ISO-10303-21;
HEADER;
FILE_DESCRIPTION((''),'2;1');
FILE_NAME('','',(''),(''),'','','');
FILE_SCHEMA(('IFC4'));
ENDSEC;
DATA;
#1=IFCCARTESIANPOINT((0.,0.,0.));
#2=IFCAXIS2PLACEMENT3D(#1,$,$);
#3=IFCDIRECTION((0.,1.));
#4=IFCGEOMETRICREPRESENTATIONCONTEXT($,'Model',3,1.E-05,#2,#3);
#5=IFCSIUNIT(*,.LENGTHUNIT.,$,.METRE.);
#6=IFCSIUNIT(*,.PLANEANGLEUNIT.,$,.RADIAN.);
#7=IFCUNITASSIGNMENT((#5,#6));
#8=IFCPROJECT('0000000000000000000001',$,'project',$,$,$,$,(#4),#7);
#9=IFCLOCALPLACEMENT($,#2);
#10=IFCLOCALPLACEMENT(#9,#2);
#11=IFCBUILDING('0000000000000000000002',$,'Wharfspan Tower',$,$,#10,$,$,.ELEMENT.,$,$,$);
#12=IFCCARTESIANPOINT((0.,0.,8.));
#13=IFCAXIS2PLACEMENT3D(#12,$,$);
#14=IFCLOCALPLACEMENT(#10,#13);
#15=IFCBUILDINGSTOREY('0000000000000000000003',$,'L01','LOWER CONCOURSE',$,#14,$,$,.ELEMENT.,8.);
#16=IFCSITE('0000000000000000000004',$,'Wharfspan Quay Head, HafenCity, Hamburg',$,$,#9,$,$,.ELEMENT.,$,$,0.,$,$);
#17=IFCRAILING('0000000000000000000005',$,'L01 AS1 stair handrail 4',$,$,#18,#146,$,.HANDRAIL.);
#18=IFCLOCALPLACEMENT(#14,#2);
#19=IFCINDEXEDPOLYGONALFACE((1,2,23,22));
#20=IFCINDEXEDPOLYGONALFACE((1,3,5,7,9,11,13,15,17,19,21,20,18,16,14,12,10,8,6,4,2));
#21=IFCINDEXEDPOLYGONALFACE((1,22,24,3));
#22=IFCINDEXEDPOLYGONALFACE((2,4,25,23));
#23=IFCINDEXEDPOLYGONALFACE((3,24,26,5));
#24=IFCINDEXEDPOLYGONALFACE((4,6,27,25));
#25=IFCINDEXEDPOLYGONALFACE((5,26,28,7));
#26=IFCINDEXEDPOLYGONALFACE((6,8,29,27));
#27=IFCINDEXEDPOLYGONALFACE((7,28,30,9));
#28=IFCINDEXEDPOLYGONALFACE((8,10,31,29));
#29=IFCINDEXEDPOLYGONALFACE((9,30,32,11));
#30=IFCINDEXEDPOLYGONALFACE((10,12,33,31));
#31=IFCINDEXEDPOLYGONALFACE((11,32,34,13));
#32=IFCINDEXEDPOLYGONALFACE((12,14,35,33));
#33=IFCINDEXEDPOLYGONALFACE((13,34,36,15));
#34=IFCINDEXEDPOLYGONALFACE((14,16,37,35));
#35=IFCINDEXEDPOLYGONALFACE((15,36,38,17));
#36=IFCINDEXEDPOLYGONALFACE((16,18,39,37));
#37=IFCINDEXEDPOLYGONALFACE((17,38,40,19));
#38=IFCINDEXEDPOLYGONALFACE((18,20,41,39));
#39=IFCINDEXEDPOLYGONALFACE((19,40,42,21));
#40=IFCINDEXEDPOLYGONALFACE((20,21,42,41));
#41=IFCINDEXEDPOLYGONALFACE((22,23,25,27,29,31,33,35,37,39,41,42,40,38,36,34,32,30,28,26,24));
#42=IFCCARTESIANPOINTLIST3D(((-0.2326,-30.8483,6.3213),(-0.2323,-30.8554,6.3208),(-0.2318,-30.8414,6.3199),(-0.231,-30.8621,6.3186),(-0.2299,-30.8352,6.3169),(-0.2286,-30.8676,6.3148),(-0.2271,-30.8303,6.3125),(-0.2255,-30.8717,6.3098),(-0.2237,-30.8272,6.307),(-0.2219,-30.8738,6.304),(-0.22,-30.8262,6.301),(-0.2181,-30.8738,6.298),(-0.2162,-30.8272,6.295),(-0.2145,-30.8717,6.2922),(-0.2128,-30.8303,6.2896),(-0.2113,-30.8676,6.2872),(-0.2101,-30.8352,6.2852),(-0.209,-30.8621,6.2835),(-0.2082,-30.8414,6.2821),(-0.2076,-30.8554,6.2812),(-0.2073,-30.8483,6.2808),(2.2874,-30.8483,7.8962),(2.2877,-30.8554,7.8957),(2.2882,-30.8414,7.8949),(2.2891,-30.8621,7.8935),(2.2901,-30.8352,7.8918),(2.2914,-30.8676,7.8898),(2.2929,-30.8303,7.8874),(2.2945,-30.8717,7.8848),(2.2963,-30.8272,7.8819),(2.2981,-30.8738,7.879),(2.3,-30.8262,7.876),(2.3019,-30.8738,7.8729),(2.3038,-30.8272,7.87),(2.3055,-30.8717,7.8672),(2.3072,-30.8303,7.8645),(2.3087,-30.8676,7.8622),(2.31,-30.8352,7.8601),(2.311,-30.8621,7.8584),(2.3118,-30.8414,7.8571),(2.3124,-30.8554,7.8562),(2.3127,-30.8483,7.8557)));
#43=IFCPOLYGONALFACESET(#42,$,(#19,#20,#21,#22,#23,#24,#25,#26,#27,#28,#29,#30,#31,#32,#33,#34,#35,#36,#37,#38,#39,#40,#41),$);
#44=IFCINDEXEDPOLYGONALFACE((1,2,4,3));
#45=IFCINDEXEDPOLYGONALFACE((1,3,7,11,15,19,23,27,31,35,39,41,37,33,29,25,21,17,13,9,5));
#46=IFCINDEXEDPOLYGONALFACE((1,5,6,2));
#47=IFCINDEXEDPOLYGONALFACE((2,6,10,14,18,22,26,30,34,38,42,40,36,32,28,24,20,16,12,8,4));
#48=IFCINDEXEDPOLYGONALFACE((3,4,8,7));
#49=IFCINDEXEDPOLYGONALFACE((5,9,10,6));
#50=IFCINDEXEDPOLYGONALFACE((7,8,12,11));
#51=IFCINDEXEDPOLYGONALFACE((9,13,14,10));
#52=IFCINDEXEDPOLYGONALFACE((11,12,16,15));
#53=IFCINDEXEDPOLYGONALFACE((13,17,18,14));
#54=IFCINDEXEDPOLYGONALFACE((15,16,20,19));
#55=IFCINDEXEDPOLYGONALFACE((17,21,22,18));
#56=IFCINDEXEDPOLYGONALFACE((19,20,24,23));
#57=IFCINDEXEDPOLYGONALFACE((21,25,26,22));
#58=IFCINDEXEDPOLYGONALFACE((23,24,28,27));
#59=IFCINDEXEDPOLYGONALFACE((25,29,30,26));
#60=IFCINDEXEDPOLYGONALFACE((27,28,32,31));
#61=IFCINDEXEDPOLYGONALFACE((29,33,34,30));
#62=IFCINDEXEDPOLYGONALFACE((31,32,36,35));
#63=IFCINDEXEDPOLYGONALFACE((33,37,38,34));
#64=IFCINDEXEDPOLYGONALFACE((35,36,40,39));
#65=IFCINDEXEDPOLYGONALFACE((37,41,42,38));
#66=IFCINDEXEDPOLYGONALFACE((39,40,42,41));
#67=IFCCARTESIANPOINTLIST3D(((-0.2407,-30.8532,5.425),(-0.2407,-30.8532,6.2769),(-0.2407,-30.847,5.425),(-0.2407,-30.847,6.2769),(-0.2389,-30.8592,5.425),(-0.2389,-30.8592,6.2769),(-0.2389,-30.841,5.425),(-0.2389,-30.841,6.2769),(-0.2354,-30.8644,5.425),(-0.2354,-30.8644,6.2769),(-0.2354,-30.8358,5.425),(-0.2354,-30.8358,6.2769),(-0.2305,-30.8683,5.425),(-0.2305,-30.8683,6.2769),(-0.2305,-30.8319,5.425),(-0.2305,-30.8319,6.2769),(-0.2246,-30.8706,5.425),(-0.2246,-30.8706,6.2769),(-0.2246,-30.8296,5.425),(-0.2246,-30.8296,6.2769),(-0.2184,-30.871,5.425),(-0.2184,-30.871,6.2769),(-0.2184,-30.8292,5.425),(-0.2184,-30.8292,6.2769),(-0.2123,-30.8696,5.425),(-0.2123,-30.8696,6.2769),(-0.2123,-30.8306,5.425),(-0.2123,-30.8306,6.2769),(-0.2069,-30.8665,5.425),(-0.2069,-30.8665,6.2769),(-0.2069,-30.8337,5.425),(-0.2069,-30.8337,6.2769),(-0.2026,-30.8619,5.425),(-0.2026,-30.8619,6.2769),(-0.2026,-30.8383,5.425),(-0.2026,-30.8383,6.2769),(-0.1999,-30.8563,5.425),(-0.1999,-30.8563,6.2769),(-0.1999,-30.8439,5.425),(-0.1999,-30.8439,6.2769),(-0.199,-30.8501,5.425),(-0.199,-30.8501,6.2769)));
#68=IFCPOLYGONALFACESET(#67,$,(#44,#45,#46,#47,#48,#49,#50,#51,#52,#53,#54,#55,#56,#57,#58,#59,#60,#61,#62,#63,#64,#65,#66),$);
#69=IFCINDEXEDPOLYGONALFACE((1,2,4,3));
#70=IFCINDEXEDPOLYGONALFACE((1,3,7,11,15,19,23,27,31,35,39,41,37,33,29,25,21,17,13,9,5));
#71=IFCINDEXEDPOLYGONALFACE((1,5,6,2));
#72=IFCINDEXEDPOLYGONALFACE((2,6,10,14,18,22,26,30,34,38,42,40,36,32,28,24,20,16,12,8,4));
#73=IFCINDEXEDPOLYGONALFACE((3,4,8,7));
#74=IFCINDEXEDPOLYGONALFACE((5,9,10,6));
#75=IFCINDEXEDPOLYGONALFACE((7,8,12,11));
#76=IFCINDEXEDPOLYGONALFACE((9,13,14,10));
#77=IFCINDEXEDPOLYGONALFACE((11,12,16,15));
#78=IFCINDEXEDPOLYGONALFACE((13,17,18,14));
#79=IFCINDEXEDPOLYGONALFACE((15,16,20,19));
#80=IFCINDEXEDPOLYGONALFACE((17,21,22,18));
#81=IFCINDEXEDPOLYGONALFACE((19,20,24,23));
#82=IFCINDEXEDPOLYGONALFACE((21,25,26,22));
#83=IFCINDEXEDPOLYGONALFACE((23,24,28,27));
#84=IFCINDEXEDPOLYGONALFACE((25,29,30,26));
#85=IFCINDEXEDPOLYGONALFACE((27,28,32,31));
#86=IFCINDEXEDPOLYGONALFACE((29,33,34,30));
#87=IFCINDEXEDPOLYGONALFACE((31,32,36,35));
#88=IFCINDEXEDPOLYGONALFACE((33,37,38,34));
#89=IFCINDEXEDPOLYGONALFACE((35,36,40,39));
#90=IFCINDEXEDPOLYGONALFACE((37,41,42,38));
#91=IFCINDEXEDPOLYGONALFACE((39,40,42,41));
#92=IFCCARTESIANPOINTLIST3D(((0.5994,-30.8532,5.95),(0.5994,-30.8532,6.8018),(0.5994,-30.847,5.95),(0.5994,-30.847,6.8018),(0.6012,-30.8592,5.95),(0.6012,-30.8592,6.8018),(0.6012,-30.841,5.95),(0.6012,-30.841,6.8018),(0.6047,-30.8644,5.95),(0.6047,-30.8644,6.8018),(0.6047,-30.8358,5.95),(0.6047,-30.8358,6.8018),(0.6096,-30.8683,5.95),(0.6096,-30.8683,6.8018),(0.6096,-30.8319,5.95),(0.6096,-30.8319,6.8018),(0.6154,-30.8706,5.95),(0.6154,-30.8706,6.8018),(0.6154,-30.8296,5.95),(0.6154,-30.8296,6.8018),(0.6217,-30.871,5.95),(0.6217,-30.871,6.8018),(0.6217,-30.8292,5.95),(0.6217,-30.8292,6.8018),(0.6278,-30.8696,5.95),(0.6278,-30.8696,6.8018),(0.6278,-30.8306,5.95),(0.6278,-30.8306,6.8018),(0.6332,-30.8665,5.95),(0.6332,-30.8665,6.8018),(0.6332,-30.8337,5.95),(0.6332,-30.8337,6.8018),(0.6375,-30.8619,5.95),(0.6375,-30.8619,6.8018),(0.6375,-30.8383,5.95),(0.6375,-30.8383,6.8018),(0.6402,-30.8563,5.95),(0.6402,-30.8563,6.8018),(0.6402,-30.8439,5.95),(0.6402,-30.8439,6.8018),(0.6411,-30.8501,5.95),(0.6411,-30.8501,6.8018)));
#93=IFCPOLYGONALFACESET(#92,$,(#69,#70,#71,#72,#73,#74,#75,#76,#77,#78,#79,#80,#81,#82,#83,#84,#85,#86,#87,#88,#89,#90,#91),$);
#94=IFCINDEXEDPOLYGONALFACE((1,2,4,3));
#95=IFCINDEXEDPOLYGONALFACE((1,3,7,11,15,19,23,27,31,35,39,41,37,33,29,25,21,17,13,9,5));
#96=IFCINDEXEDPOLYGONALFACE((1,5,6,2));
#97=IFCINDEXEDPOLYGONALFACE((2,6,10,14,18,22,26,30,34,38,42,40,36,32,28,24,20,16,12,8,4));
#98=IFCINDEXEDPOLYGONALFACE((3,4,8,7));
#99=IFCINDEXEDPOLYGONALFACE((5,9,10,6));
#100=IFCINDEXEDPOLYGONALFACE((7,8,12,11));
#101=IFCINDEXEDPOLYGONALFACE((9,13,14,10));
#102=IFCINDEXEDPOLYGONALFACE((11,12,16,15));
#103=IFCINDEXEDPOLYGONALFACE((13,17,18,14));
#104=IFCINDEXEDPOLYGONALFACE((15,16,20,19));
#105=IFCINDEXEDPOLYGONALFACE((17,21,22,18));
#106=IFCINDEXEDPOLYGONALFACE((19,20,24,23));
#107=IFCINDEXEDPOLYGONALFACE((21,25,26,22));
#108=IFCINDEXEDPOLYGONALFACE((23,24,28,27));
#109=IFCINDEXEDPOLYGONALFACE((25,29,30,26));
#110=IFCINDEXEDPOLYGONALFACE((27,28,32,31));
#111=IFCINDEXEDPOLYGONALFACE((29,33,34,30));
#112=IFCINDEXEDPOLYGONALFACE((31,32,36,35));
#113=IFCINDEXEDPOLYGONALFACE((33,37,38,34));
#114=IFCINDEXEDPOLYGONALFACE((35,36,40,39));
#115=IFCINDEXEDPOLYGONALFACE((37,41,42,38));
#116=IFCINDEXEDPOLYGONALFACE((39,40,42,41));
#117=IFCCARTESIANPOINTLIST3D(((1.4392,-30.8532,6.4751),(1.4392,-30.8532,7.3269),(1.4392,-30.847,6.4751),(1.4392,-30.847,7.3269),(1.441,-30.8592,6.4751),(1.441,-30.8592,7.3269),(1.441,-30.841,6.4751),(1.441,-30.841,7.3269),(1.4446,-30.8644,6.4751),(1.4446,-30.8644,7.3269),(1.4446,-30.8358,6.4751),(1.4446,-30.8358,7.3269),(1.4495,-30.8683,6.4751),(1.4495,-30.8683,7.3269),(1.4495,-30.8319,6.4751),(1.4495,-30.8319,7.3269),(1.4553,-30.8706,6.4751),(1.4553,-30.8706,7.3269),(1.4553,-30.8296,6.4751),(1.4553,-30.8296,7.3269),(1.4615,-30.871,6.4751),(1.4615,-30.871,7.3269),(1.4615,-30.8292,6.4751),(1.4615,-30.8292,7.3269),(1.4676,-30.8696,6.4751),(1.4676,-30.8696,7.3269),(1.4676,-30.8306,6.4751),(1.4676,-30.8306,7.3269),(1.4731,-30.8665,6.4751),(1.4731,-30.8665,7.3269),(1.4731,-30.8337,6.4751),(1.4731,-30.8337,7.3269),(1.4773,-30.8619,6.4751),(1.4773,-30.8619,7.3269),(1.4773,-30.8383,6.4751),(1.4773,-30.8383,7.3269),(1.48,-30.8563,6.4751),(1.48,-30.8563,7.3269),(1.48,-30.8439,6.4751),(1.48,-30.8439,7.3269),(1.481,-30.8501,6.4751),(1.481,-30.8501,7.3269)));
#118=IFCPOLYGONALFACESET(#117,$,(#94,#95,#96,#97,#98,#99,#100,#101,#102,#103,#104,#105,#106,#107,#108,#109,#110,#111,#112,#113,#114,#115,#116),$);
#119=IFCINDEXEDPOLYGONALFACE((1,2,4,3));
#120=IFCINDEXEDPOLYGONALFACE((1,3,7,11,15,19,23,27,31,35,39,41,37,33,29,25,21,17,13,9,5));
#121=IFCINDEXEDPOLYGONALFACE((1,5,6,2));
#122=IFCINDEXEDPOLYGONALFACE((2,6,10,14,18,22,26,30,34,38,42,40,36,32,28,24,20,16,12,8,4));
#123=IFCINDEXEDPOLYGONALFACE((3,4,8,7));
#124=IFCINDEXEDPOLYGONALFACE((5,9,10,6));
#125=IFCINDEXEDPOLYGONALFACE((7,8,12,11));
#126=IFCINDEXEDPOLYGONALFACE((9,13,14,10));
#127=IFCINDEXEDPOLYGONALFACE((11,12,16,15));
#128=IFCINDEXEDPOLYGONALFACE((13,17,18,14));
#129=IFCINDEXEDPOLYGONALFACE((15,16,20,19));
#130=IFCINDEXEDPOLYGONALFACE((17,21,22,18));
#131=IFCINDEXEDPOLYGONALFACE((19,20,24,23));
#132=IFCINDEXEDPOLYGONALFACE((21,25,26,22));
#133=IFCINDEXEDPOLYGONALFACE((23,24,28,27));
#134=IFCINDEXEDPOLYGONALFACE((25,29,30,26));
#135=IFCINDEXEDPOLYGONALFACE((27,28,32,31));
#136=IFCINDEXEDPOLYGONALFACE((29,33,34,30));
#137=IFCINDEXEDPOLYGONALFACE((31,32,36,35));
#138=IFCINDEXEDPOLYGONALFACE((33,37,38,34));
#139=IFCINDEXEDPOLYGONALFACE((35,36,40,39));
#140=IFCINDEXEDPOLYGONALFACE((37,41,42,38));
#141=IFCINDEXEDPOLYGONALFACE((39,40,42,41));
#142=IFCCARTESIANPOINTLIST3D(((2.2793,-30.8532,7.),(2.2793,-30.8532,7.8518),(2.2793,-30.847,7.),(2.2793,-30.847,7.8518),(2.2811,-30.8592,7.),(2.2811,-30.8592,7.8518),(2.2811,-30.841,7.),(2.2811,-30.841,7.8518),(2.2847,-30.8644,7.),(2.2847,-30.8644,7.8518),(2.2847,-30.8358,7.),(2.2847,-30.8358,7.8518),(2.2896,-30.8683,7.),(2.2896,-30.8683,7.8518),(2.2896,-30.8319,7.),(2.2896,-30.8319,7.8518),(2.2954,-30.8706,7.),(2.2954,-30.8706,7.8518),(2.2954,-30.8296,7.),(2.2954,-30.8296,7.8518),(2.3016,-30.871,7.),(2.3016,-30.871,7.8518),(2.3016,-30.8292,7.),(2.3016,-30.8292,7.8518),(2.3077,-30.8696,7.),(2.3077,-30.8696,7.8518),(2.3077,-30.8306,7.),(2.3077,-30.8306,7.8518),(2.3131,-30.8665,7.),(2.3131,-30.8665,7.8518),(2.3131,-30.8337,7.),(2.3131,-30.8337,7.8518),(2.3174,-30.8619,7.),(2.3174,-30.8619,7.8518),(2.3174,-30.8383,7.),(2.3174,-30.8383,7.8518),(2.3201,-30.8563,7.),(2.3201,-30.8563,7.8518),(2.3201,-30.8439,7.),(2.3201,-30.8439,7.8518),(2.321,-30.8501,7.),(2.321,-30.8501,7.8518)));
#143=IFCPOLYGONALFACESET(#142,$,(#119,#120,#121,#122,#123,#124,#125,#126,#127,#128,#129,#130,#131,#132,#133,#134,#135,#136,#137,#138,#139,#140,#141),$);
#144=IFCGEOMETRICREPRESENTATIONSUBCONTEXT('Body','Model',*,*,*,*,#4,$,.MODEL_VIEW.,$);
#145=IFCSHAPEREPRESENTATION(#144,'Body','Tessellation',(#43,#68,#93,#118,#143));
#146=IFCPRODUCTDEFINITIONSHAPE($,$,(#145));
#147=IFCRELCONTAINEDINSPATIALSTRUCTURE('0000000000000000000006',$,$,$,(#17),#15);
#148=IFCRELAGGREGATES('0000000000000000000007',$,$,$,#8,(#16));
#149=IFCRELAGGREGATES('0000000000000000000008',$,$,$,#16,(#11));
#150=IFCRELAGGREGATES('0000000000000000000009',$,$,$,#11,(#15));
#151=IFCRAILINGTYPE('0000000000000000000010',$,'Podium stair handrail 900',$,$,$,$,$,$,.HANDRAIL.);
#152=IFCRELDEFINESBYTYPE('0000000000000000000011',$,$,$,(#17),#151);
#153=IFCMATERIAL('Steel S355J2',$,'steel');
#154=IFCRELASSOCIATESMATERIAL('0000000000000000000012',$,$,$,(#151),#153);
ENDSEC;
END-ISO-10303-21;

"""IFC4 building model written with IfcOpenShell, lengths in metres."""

from ifc_helpers import new_model, si_unit, direction, frame, origin, origin_2d, place, context, subcontext, project, spatial, circle, extrude, material, type_object, element, save


model = new_model("IFC4")

# Units and contexts
model_context = context("Model", 3, precision=1e-05, world=origin(), true_north=direction((0.0, 1.0)))
body_context = subcontext(model_context, "Body", "Model", "MODEL_VIEW")
ifc_project = project(units=[si_unit("LENGTHUNIT", "METRE"), si_unit("PLANEANGLEUNIT", "RADIAN")], contexts=[model_context])

# Site, building, storey
site_placement = place(None, origin())
site = spatial("IfcSite", under=ifc_project, at=site_placement, Name="Wharfspan Quay Head, HafenCity, Hamburg", CompositionType="ELEMENT", RefElevation=0.0)
building_placement = place(site_placement, origin())
building = spatial("IfcBuilding", under=site, at=building_placement, Name="Wharfspan Tower", CompositionType="ELEMENT")
storey_placement = place(building_placement, frame((0.0, 0.0, 8.0)))
storey = spatial("IfcBuildingStorey", under=building, at=storey_placement, Name="L01", Description="LOWER CONCOURSE", CompositionType="ELEMENT", Elevation=8.0)

# Railing
ifc_material_1 = material(Name="Steel S355J2", Category="steel")
railing_type_1 = type_object("IfcRailingType", Name="Podium stair handrail 900", PredefinedType="HANDRAIL", material=ifc_material_1)
for number, where, name in (
    (1, (-0.22, -30.8501, 5.425), "L01 AS1 stair handrail 4"),
):
    element("IfcRailing", number, at=place(storey_placement, frame(where)), inside=storey, type_object=railing_type_1, Name=name, PredefinedType="HANDRAIL", context=body_context, shape_type="SweptSolid", body=[
        extrude(circle(Radius=0.0239, at=origin_2d()), frame((0.0, 0.0, 0.876), z_axis=(0.848008, 0.0, 0.529984), x_axis=(0.0, 1.0, 0.0)), (0.0, 0.0, 1.0), 2.9717),
        extrude(circle(Radius=0.021, at=origin_2d()), origin(), (0.0, 0.0, 1.0), 0.8518),
        extrude(circle(Radius=0.021, at=origin_2d()), frame((0.8401, 0.0, 0.5249)), (0.0, 0.0, 1.0), 0.8518),
        extrude(circle(Radius=0.021, at=origin_2d()), frame((1.6799, 0.0, 1.05)), (0.0, 0.0, 1.0), 0.8518),
        extrude(circle(Radius=0.021, at=origin_2d()), frame((2.52, 0.0, 1.575)), (0.0, 0.0, 1.0), 0.8518),
    ])

save(model, "model.ifc")
